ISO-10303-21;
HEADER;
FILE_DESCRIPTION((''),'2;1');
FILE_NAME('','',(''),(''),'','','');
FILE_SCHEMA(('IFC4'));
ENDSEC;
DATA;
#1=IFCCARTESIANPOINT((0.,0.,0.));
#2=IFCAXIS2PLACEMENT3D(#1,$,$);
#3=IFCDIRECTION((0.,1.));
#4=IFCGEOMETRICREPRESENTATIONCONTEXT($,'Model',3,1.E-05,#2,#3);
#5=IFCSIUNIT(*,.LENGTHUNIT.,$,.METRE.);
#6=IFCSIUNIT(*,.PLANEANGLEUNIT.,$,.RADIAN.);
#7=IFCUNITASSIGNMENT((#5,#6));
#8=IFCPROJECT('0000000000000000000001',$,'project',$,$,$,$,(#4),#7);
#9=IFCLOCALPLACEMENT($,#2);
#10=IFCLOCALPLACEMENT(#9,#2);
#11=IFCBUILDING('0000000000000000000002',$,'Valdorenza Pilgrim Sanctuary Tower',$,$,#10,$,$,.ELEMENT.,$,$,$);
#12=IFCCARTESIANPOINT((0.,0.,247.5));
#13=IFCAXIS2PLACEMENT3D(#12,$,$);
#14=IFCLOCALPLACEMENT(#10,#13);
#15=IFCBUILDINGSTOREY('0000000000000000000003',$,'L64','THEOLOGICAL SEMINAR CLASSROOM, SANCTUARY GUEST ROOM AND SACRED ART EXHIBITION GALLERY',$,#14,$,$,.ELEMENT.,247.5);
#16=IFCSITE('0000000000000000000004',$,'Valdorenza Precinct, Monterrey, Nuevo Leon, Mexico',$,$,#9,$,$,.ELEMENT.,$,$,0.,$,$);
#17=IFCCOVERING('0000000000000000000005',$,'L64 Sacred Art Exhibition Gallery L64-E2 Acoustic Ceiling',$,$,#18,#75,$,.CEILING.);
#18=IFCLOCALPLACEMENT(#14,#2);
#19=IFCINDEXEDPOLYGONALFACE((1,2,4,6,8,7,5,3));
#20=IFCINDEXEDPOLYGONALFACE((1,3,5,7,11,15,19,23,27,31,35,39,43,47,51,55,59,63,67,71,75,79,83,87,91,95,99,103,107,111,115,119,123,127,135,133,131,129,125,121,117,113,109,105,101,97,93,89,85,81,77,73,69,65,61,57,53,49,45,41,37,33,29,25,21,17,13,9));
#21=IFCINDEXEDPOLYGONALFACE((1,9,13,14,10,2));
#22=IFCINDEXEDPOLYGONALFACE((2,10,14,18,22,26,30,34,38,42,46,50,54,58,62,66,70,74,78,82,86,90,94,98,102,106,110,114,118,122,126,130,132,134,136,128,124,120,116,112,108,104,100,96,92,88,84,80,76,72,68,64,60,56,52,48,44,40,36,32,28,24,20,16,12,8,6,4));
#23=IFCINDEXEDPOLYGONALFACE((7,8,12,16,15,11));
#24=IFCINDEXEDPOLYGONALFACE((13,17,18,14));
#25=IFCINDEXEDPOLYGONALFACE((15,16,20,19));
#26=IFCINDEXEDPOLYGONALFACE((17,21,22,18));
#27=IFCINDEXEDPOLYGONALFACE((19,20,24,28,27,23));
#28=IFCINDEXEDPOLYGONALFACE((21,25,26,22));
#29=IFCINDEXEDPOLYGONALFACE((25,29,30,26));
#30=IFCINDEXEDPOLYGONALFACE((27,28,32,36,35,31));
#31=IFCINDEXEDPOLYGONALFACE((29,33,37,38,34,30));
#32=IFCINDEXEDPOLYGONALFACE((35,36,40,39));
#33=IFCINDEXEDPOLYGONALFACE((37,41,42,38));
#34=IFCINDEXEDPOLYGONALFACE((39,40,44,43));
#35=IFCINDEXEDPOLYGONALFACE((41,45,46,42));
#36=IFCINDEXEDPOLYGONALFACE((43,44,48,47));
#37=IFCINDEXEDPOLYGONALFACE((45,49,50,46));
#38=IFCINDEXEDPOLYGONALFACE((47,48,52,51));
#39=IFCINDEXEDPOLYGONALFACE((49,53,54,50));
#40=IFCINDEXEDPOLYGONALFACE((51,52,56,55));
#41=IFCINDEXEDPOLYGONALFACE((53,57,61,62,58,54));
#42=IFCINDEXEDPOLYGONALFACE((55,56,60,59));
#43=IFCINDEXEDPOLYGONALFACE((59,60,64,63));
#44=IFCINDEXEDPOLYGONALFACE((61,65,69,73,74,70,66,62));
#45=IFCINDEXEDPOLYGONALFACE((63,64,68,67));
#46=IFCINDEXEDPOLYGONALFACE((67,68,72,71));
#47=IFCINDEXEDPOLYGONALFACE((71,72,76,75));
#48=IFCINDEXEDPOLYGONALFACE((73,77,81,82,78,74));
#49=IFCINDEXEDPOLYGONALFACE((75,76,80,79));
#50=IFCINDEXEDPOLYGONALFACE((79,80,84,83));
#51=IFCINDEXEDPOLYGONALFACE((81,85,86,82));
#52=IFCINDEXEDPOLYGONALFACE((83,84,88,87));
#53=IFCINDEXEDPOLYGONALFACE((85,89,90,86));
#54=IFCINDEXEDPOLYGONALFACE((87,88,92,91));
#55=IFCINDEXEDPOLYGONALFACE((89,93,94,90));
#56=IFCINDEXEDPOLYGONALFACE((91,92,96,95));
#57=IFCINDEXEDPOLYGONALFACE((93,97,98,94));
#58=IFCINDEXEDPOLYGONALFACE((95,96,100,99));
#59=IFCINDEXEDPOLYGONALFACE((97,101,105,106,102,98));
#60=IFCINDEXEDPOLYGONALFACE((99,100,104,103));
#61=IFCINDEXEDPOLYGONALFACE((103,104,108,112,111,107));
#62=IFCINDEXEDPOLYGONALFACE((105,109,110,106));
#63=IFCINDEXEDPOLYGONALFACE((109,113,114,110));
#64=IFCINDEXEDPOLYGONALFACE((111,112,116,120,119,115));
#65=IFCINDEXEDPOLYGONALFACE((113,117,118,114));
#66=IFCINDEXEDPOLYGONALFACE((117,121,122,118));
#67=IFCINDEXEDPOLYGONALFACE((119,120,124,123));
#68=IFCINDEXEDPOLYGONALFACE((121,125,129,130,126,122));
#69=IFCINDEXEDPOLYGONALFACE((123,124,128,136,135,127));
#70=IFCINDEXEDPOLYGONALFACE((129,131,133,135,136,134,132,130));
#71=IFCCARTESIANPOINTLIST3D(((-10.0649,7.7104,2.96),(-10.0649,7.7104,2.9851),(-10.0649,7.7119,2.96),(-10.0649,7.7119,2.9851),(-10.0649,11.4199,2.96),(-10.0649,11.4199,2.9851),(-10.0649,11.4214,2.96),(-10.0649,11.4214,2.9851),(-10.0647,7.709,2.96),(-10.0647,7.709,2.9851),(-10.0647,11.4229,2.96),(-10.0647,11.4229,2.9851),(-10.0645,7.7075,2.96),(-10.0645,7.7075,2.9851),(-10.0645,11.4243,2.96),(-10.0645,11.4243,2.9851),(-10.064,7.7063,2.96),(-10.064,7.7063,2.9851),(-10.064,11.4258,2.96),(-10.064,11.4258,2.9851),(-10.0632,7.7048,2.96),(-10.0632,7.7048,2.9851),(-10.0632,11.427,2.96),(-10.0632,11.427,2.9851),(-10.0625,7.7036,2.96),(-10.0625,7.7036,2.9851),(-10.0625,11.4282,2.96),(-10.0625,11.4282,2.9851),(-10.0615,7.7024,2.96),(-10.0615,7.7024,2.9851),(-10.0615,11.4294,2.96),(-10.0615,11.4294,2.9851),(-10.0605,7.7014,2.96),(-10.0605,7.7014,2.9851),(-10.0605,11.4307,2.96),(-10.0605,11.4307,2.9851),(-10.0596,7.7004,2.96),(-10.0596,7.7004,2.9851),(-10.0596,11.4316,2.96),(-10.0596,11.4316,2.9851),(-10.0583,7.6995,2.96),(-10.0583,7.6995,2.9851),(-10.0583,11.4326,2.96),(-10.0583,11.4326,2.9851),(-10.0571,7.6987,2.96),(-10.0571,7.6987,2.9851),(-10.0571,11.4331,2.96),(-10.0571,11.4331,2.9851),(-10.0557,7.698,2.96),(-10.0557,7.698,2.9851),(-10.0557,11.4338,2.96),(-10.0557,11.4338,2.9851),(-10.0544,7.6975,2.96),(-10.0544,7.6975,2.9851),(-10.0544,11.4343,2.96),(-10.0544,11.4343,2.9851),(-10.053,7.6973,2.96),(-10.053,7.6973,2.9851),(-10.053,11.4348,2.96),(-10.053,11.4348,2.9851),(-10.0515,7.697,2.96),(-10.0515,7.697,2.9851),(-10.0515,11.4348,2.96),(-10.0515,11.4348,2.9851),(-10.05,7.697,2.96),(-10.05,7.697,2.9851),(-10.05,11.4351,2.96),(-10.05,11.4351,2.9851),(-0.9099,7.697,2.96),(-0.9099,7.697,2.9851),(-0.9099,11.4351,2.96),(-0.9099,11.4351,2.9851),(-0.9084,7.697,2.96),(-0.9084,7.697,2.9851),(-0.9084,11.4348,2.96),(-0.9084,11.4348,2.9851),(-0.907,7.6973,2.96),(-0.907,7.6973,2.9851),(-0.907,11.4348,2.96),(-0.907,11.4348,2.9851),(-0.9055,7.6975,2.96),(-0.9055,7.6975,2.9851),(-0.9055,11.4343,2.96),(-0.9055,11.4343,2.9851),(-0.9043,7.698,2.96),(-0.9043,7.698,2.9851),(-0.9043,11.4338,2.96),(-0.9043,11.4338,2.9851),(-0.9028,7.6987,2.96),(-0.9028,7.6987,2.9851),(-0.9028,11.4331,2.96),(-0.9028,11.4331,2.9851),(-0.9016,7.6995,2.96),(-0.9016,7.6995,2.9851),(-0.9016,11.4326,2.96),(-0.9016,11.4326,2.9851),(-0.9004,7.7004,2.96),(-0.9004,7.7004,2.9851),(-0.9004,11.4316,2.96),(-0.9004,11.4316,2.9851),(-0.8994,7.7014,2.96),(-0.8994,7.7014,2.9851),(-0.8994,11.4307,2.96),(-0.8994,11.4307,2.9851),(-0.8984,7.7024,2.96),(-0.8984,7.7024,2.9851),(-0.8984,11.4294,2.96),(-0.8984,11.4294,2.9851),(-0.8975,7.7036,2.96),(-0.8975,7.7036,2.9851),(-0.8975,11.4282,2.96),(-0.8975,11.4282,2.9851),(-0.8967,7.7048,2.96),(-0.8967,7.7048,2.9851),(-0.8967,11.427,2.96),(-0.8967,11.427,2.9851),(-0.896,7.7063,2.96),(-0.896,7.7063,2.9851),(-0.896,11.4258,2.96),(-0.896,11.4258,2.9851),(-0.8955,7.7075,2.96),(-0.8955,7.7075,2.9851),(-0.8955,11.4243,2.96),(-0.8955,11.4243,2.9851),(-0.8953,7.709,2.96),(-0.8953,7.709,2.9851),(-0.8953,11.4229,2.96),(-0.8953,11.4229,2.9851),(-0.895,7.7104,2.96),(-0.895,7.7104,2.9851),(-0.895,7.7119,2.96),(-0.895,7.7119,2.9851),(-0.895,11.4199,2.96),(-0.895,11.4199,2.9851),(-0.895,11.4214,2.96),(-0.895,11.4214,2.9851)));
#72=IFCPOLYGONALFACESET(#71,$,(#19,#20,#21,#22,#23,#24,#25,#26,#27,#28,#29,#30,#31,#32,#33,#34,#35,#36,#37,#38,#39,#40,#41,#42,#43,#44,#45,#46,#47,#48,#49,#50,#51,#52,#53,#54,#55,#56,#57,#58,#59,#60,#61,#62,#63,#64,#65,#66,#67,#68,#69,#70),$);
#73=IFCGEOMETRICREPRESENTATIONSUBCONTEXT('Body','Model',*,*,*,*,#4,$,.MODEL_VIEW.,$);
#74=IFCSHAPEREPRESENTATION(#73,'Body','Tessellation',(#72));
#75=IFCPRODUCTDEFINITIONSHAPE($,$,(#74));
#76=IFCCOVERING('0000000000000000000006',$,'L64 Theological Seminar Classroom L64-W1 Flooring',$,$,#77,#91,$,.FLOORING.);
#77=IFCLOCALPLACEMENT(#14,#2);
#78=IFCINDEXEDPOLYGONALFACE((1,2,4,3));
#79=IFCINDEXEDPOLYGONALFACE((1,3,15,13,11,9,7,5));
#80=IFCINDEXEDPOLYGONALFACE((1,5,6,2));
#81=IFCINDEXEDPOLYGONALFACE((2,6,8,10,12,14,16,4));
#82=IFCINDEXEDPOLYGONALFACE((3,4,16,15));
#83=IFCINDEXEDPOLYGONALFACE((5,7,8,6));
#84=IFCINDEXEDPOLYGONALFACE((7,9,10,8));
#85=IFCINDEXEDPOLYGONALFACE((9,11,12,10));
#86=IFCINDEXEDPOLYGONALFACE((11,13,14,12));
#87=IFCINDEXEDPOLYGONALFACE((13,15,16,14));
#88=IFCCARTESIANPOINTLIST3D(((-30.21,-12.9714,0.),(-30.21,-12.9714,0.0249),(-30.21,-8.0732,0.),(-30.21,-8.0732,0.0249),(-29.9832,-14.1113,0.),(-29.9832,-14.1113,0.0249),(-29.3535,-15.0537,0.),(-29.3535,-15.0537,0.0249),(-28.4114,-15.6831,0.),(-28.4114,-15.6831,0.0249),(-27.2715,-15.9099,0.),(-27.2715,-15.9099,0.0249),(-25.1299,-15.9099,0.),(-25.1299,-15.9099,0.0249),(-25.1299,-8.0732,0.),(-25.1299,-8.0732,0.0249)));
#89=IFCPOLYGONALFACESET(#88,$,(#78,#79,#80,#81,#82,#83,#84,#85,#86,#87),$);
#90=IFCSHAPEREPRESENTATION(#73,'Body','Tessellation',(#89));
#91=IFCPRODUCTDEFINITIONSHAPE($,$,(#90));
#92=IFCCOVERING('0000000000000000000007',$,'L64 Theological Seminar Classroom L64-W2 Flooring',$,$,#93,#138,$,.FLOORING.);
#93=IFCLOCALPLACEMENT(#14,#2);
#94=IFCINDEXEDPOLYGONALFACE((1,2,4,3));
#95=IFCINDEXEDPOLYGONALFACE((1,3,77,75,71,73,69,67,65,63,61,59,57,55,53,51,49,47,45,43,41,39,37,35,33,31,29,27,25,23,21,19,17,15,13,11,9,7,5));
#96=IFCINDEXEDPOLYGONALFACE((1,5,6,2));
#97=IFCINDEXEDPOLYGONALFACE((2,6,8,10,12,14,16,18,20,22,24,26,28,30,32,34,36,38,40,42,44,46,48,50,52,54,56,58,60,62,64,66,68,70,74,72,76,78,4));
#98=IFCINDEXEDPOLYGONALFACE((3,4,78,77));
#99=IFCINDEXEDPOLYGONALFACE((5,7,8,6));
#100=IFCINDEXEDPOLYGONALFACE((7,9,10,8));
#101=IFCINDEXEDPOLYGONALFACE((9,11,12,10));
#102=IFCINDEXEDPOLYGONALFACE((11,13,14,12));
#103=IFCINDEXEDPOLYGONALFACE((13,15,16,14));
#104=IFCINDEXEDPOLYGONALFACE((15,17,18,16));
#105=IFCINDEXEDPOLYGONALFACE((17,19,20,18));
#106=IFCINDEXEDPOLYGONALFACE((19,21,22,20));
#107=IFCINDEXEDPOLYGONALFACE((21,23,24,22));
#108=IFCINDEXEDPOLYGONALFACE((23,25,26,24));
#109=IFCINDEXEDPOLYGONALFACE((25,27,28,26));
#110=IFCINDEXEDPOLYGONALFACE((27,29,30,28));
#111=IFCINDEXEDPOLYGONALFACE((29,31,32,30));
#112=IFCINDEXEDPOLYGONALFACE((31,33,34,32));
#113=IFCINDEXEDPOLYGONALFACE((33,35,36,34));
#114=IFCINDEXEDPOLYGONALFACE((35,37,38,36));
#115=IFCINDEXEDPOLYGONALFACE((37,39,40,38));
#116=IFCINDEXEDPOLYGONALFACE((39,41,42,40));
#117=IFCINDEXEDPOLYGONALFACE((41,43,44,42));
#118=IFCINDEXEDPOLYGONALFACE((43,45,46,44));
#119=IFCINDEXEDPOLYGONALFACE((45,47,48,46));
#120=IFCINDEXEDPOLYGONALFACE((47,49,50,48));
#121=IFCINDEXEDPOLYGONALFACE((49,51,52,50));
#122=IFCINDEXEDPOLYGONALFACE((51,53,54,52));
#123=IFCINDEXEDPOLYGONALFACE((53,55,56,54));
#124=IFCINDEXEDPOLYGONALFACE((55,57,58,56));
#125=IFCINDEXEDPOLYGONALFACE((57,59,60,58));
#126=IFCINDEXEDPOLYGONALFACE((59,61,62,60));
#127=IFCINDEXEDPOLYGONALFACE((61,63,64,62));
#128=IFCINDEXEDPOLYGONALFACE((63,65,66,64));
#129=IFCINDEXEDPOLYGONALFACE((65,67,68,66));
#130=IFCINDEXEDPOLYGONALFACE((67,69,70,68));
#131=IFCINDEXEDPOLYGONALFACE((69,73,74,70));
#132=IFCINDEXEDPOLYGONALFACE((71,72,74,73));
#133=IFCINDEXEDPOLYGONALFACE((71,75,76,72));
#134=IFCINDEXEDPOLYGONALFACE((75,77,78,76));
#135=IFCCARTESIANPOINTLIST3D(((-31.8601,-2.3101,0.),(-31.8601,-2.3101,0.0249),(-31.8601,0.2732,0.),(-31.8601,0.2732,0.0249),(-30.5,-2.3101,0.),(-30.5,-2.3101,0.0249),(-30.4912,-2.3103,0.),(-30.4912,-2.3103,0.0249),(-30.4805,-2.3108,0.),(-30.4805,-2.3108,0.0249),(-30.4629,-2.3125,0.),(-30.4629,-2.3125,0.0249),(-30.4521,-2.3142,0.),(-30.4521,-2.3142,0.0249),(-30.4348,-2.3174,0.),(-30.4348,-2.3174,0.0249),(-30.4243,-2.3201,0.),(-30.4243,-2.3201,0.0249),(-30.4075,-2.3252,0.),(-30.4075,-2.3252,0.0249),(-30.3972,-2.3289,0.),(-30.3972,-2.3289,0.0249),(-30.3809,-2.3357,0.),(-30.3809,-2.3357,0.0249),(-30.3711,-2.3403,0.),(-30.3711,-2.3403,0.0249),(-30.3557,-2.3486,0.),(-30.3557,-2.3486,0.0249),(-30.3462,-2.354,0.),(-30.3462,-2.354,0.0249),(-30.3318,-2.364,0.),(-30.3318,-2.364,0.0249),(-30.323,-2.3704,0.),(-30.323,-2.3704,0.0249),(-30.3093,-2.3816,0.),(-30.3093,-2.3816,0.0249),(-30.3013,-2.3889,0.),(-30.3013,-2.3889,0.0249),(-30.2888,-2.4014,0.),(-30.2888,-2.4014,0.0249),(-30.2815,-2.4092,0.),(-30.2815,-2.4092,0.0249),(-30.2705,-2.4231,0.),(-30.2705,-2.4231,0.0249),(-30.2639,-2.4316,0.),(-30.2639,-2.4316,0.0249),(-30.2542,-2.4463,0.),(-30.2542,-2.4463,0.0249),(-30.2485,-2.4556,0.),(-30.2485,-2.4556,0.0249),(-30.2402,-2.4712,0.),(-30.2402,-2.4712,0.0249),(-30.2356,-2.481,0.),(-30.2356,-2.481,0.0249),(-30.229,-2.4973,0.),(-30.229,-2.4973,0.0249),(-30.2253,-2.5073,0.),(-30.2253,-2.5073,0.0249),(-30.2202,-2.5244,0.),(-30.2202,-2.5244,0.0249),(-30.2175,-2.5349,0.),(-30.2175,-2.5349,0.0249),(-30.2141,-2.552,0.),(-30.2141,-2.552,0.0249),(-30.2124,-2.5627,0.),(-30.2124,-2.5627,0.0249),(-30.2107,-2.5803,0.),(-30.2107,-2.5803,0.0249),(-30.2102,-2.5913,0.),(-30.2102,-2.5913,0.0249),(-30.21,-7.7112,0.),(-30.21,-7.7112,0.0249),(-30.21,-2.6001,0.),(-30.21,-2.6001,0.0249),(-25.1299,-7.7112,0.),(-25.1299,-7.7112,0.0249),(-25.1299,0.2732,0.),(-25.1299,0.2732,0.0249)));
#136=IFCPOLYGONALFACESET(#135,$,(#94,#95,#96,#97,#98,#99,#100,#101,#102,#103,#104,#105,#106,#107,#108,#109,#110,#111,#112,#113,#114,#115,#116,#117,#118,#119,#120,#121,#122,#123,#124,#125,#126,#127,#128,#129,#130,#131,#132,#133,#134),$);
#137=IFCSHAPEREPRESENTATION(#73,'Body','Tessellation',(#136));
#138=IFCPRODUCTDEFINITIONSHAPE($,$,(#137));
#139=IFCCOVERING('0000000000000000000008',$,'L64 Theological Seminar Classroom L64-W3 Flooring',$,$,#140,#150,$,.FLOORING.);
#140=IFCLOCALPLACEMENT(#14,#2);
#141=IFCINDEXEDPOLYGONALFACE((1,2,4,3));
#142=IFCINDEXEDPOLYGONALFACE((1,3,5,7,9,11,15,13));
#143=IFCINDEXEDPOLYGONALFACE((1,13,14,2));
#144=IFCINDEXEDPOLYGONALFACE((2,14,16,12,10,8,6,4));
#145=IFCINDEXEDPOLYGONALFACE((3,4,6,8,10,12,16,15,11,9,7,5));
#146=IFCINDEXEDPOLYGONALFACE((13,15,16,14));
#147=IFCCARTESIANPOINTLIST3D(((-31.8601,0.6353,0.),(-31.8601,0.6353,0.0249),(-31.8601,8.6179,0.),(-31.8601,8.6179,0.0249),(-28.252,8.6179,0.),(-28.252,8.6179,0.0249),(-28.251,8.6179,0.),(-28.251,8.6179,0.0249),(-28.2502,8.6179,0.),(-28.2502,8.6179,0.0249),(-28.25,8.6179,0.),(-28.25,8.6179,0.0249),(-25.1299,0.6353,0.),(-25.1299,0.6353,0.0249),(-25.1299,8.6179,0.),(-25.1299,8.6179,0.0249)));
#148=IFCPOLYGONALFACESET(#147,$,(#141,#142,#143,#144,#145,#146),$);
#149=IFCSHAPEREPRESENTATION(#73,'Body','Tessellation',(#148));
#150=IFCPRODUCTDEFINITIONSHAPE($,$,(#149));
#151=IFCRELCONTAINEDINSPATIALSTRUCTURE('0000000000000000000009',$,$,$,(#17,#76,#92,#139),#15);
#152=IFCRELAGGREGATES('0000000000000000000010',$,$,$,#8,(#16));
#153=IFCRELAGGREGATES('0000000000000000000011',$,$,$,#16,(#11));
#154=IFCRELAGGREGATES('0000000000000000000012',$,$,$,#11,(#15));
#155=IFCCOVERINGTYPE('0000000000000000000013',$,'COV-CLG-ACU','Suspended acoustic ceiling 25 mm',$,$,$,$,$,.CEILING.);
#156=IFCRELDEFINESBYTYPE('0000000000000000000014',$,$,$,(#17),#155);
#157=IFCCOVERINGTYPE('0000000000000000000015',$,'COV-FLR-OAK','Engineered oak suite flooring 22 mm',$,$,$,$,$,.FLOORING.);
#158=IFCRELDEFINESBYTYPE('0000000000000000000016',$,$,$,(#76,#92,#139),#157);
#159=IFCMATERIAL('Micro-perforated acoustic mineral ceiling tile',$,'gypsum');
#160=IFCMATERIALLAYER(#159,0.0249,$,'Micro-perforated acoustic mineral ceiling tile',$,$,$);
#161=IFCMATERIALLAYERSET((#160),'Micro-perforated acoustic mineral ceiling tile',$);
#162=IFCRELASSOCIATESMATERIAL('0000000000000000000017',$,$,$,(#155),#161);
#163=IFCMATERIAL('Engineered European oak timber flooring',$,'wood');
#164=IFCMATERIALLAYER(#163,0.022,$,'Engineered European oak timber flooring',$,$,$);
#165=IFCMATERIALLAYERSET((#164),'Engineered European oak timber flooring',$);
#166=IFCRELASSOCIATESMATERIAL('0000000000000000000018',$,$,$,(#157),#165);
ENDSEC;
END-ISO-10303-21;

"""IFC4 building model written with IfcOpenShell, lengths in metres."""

from ifc_helpers import new_model, si_unit, direction, frame, origin, place, context, subcontext, project, spatial, polyline, outline, extrude, material, layer, layer_set, type_object, element, save


model = new_model("IFC4")

# Units and contexts
model_context = context("Model", 3, precision=1e-05, world=origin(), true_north=direction((0.0, 1.0)))
body_context = subcontext(model_context, "Body", "Model", "MODEL_VIEW")
ifc_project = project(units=[si_unit("LENGTHUNIT", "METRE"), si_unit("PLANEANGLEUNIT", "RADIAN")], contexts=[model_context])

# Site, building, storey
site_placement = place(None, origin())
site = spatial("IfcSite", under=ifc_project, at=site_placement, Name="Valdorenza Precinct, Monterrey, Nuevo Leon, Mexico", CompositionType="ELEMENT", RefElevation=0.0)
building_placement = place(site_placement, origin())
building = spatial("IfcBuilding", under=site, at=building_placement, Name="Valdorenza Pilgrim Sanctuary Tower", CompositionType="ELEMENT")
storey_placement = place(building_placement, frame((0.0, 0.0, 247.5)))
storey = spatial("IfcBuildingStorey", under=building, at=storey_placement, Name="L64", Description="THEOLOGICAL SEMINAR CLASSROOM, SANCTUARY GUEST ROOM AND SACRED ART EXHIBITION GALLERY", CompositionType="ELEMENT", Elevation=247.5)

# Coverings
ifc_material_1 = material(Name="Micro-perforated acoustic mineral ceiling tile", Category="gypsum")
ifc_layer_1 = layer(ifc_material_1, 0.0249, Name="Micro-perforated acoustic mineral ceiling tile")
ifc_layer_set_1 = layer_set([ifc_layer_1], Name="Micro-perforated acoustic mineral ceiling tile")
covering_type_1 = type_object("IfcCoveringType", Name="COV-CLG-ACU", Description="Suspended acoustic ceiling 25 mm", PredefinedType="CEILING", material=ifc_layer_set_1)
covering_1_placement = place(storey_placement, frame((0.0, 0.0, 2.96)))
element("IfcCovering", 1, at=covering_1_placement, inside=storey, type_object=covering_type_1, Name="L64 Sacred Art Exhibition Gallery L64-E2 Acoustic Ceiling", PredefinedType="CEILING", context=body_context, shape_type="SweptSolid", body=[
    extrude(outline(polyline([(-10.0649, 11.4199), (-10.0649, 11.4214), (-10.0647, 11.4229), (-10.0645, 11.4243), (-10.064, 11.4258), (-10.0632, 11.427), (-10.0625, 11.4282), (-10.0615, 11.4294), (-10.0605, 11.4307), (-10.0596, 11.4316), (-10.0583, 11.4326), (-10.0571, 11.4331), (-10.0557, 11.4338), (-10.0544, 11.4343), (-10.053, 11.4348), (-10.0515, 11.4348), (-10.05, 11.4351), (-0.9099, 11.4351), (-0.9084, 11.4348), (-0.907, 11.4348), (-0.9055, 11.4343), (-0.9043, 11.4338), (-0.9028, 11.4331), (-0.9016, 11.4326), (-0.9004, 11.4316), (-0.8994, 11.4307), (-0.8984, 11.4294), (-0.8975, 11.4282), (-0.8967, 11.427), (-0.896, 11.4258), (-0.8955, 11.4243), (-0.8953, 11.4229), (-0.895, 11.4214), (-0.895, 11.4199), (-0.895, 7.7119), (-0.895, 7.7104), (-0.8953, 7.709), (-0.8955, 7.7075), (-0.896, 7.7063), (-0.8967, 7.7048), (-0.8975, 7.7036), (-0.8984, 7.7024), (-0.8994, 7.7014), (-0.9004, 7.7004), (-0.9016, 7.6995), (-0.9028, 7.6987), (-0.9043, 7.698), (-0.9055, 7.6975), (-0.907, 7.6973), (-0.9084, 7.697), (-0.9099, 7.697), (-10.05, 7.697), (-10.0515, 7.697), (-10.053, 7.6973), (-10.0544, 7.6975), (-10.0557, 7.698), (-10.0571, 7.6987), (-10.0583, 7.6995), (-10.0596, 7.7004), (-10.0605, 7.7014), (-10.0615, 7.7024), (-10.0625, 7.7036), (-10.0632, 7.7048), (-10.064, 7.7063), (-10.0645, 7.7075), (-10.0647, 7.709), (-10.0649, 7.7104), (-10.0649, 7.7119), (-10.0649, 11.4199)])), origin(), (0.0, 0.0, 1.0), 0.0251),
])
ifc_material_2 = material(Name="Engineered European oak timber flooring", Category="wood")
ifc_layer_2 = layer(ifc_material_2, 0.022, Name="Engineered European oak timber flooring")
ifc_layer_set_2 = layer_set([ifc_layer_2], Name="Engineered European oak timber flooring")
covering_type_2 = type_object("IfcCoveringType", Name="COV-FLR-OAK", Description="Engineered oak suite flooring 22 mm", PredefinedType="FLOORING", material=ifc_layer_set_2)
covering_2_placement = place(storey_placement, origin())
element("IfcCovering", 2, at=covering_2_placement, inside=storey, type_object=covering_type_2, Name="L64 Theological Seminar Classroom L64-W1 Flooring", PredefinedType="FLOORING", context=body_context, shape_type="SweptSolid", body=[
    extrude(outline(polyline([(-25.1299, -15.9099), (-27.2715, -15.9099), (-28.4114, -15.6831), (-29.3535, -15.0537), (-29.9832, -14.1113), (-30.21, -12.9714), (-30.21, -8.0732), (-25.1299, -8.0732), (-25.1299, -15.9099)])), origin(), (0.0, 0.0, 1.0), 0.0249),
])
covering_3_placement = place(storey_placement, origin())
element("IfcCovering", 3, at=covering_3_placement, inside=storey, type_object=covering_type_2, Name="L64 Theological Seminar Classroom L64-W2 Flooring", PredefinedType="FLOORING", context=body_context, shape_type="SweptSolid", body=[
    extrude(outline(polyline([(-25.1299, -7.7112), (-30.21, -7.7112), (-30.21, -2.6001), (-30.2102, -2.5913), (-30.2107, -2.5803), (-30.2124, -2.5627), (-30.2141, -2.552), (-30.2175, -2.5349), (-30.2202, -2.5244), (-30.2253, -2.5073), (-30.229, -2.4973), (-30.2356, -2.481), (-30.2402, -2.4712), (-30.2485, -2.4556), (-30.2542, -2.4463), (-30.2639, -2.4316), (-30.2705, -2.4231), (-30.2815, -2.4092), (-30.2888, -2.4014), (-30.3013, -2.3889), (-30.3093, -2.3816), (-30.323, -2.3704), (-30.3318, -2.364), (-30.3462, -2.354), (-30.3557, -2.3486), (-30.3711, -2.3403), (-30.3809, -2.3357), (-30.3972, -2.3289), (-30.4075, -2.3252), (-30.4243, -2.3201), (-30.4348, -2.3174), (-30.4521, -2.3142), (-30.4629, -2.3125), (-30.4805, -2.3108), (-30.4912, -2.3103), (-30.5, -2.3101), (-31.8601, -2.3101), (-31.8601, 0.2732), (-25.1299, 0.2732), (-25.1299, -7.7112)])), origin(), (0.0, 0.0, 1.0), 0.0249),
])
covering_4_placement = place(storey_placement, origin())
element("IfcCovering", 4, at=covering_4_placement, inside=storey, type_object=covering_type_2, Name="L64 Theological Seminar Classroom L64-W3 Flooring", PredefinedType="FLOORING", context=body_context, shape_type="SweptSolid", body=[
    extrude(outline(polyline([(-28.2502, 8.6179), (-28.25, 8.6179), (-25.1299, 8.6179), (-25.1299, 0.6353), (-31.8601, 0.6353), (-31.8601, 8.6179), (-28.252, 8.6179), (-28.251, 8.6179), (-28.2502, 8.6179)])), origin(), (0.0, 0.0, 1.0), 0.0249),
])

save(model, "model.ifc")
